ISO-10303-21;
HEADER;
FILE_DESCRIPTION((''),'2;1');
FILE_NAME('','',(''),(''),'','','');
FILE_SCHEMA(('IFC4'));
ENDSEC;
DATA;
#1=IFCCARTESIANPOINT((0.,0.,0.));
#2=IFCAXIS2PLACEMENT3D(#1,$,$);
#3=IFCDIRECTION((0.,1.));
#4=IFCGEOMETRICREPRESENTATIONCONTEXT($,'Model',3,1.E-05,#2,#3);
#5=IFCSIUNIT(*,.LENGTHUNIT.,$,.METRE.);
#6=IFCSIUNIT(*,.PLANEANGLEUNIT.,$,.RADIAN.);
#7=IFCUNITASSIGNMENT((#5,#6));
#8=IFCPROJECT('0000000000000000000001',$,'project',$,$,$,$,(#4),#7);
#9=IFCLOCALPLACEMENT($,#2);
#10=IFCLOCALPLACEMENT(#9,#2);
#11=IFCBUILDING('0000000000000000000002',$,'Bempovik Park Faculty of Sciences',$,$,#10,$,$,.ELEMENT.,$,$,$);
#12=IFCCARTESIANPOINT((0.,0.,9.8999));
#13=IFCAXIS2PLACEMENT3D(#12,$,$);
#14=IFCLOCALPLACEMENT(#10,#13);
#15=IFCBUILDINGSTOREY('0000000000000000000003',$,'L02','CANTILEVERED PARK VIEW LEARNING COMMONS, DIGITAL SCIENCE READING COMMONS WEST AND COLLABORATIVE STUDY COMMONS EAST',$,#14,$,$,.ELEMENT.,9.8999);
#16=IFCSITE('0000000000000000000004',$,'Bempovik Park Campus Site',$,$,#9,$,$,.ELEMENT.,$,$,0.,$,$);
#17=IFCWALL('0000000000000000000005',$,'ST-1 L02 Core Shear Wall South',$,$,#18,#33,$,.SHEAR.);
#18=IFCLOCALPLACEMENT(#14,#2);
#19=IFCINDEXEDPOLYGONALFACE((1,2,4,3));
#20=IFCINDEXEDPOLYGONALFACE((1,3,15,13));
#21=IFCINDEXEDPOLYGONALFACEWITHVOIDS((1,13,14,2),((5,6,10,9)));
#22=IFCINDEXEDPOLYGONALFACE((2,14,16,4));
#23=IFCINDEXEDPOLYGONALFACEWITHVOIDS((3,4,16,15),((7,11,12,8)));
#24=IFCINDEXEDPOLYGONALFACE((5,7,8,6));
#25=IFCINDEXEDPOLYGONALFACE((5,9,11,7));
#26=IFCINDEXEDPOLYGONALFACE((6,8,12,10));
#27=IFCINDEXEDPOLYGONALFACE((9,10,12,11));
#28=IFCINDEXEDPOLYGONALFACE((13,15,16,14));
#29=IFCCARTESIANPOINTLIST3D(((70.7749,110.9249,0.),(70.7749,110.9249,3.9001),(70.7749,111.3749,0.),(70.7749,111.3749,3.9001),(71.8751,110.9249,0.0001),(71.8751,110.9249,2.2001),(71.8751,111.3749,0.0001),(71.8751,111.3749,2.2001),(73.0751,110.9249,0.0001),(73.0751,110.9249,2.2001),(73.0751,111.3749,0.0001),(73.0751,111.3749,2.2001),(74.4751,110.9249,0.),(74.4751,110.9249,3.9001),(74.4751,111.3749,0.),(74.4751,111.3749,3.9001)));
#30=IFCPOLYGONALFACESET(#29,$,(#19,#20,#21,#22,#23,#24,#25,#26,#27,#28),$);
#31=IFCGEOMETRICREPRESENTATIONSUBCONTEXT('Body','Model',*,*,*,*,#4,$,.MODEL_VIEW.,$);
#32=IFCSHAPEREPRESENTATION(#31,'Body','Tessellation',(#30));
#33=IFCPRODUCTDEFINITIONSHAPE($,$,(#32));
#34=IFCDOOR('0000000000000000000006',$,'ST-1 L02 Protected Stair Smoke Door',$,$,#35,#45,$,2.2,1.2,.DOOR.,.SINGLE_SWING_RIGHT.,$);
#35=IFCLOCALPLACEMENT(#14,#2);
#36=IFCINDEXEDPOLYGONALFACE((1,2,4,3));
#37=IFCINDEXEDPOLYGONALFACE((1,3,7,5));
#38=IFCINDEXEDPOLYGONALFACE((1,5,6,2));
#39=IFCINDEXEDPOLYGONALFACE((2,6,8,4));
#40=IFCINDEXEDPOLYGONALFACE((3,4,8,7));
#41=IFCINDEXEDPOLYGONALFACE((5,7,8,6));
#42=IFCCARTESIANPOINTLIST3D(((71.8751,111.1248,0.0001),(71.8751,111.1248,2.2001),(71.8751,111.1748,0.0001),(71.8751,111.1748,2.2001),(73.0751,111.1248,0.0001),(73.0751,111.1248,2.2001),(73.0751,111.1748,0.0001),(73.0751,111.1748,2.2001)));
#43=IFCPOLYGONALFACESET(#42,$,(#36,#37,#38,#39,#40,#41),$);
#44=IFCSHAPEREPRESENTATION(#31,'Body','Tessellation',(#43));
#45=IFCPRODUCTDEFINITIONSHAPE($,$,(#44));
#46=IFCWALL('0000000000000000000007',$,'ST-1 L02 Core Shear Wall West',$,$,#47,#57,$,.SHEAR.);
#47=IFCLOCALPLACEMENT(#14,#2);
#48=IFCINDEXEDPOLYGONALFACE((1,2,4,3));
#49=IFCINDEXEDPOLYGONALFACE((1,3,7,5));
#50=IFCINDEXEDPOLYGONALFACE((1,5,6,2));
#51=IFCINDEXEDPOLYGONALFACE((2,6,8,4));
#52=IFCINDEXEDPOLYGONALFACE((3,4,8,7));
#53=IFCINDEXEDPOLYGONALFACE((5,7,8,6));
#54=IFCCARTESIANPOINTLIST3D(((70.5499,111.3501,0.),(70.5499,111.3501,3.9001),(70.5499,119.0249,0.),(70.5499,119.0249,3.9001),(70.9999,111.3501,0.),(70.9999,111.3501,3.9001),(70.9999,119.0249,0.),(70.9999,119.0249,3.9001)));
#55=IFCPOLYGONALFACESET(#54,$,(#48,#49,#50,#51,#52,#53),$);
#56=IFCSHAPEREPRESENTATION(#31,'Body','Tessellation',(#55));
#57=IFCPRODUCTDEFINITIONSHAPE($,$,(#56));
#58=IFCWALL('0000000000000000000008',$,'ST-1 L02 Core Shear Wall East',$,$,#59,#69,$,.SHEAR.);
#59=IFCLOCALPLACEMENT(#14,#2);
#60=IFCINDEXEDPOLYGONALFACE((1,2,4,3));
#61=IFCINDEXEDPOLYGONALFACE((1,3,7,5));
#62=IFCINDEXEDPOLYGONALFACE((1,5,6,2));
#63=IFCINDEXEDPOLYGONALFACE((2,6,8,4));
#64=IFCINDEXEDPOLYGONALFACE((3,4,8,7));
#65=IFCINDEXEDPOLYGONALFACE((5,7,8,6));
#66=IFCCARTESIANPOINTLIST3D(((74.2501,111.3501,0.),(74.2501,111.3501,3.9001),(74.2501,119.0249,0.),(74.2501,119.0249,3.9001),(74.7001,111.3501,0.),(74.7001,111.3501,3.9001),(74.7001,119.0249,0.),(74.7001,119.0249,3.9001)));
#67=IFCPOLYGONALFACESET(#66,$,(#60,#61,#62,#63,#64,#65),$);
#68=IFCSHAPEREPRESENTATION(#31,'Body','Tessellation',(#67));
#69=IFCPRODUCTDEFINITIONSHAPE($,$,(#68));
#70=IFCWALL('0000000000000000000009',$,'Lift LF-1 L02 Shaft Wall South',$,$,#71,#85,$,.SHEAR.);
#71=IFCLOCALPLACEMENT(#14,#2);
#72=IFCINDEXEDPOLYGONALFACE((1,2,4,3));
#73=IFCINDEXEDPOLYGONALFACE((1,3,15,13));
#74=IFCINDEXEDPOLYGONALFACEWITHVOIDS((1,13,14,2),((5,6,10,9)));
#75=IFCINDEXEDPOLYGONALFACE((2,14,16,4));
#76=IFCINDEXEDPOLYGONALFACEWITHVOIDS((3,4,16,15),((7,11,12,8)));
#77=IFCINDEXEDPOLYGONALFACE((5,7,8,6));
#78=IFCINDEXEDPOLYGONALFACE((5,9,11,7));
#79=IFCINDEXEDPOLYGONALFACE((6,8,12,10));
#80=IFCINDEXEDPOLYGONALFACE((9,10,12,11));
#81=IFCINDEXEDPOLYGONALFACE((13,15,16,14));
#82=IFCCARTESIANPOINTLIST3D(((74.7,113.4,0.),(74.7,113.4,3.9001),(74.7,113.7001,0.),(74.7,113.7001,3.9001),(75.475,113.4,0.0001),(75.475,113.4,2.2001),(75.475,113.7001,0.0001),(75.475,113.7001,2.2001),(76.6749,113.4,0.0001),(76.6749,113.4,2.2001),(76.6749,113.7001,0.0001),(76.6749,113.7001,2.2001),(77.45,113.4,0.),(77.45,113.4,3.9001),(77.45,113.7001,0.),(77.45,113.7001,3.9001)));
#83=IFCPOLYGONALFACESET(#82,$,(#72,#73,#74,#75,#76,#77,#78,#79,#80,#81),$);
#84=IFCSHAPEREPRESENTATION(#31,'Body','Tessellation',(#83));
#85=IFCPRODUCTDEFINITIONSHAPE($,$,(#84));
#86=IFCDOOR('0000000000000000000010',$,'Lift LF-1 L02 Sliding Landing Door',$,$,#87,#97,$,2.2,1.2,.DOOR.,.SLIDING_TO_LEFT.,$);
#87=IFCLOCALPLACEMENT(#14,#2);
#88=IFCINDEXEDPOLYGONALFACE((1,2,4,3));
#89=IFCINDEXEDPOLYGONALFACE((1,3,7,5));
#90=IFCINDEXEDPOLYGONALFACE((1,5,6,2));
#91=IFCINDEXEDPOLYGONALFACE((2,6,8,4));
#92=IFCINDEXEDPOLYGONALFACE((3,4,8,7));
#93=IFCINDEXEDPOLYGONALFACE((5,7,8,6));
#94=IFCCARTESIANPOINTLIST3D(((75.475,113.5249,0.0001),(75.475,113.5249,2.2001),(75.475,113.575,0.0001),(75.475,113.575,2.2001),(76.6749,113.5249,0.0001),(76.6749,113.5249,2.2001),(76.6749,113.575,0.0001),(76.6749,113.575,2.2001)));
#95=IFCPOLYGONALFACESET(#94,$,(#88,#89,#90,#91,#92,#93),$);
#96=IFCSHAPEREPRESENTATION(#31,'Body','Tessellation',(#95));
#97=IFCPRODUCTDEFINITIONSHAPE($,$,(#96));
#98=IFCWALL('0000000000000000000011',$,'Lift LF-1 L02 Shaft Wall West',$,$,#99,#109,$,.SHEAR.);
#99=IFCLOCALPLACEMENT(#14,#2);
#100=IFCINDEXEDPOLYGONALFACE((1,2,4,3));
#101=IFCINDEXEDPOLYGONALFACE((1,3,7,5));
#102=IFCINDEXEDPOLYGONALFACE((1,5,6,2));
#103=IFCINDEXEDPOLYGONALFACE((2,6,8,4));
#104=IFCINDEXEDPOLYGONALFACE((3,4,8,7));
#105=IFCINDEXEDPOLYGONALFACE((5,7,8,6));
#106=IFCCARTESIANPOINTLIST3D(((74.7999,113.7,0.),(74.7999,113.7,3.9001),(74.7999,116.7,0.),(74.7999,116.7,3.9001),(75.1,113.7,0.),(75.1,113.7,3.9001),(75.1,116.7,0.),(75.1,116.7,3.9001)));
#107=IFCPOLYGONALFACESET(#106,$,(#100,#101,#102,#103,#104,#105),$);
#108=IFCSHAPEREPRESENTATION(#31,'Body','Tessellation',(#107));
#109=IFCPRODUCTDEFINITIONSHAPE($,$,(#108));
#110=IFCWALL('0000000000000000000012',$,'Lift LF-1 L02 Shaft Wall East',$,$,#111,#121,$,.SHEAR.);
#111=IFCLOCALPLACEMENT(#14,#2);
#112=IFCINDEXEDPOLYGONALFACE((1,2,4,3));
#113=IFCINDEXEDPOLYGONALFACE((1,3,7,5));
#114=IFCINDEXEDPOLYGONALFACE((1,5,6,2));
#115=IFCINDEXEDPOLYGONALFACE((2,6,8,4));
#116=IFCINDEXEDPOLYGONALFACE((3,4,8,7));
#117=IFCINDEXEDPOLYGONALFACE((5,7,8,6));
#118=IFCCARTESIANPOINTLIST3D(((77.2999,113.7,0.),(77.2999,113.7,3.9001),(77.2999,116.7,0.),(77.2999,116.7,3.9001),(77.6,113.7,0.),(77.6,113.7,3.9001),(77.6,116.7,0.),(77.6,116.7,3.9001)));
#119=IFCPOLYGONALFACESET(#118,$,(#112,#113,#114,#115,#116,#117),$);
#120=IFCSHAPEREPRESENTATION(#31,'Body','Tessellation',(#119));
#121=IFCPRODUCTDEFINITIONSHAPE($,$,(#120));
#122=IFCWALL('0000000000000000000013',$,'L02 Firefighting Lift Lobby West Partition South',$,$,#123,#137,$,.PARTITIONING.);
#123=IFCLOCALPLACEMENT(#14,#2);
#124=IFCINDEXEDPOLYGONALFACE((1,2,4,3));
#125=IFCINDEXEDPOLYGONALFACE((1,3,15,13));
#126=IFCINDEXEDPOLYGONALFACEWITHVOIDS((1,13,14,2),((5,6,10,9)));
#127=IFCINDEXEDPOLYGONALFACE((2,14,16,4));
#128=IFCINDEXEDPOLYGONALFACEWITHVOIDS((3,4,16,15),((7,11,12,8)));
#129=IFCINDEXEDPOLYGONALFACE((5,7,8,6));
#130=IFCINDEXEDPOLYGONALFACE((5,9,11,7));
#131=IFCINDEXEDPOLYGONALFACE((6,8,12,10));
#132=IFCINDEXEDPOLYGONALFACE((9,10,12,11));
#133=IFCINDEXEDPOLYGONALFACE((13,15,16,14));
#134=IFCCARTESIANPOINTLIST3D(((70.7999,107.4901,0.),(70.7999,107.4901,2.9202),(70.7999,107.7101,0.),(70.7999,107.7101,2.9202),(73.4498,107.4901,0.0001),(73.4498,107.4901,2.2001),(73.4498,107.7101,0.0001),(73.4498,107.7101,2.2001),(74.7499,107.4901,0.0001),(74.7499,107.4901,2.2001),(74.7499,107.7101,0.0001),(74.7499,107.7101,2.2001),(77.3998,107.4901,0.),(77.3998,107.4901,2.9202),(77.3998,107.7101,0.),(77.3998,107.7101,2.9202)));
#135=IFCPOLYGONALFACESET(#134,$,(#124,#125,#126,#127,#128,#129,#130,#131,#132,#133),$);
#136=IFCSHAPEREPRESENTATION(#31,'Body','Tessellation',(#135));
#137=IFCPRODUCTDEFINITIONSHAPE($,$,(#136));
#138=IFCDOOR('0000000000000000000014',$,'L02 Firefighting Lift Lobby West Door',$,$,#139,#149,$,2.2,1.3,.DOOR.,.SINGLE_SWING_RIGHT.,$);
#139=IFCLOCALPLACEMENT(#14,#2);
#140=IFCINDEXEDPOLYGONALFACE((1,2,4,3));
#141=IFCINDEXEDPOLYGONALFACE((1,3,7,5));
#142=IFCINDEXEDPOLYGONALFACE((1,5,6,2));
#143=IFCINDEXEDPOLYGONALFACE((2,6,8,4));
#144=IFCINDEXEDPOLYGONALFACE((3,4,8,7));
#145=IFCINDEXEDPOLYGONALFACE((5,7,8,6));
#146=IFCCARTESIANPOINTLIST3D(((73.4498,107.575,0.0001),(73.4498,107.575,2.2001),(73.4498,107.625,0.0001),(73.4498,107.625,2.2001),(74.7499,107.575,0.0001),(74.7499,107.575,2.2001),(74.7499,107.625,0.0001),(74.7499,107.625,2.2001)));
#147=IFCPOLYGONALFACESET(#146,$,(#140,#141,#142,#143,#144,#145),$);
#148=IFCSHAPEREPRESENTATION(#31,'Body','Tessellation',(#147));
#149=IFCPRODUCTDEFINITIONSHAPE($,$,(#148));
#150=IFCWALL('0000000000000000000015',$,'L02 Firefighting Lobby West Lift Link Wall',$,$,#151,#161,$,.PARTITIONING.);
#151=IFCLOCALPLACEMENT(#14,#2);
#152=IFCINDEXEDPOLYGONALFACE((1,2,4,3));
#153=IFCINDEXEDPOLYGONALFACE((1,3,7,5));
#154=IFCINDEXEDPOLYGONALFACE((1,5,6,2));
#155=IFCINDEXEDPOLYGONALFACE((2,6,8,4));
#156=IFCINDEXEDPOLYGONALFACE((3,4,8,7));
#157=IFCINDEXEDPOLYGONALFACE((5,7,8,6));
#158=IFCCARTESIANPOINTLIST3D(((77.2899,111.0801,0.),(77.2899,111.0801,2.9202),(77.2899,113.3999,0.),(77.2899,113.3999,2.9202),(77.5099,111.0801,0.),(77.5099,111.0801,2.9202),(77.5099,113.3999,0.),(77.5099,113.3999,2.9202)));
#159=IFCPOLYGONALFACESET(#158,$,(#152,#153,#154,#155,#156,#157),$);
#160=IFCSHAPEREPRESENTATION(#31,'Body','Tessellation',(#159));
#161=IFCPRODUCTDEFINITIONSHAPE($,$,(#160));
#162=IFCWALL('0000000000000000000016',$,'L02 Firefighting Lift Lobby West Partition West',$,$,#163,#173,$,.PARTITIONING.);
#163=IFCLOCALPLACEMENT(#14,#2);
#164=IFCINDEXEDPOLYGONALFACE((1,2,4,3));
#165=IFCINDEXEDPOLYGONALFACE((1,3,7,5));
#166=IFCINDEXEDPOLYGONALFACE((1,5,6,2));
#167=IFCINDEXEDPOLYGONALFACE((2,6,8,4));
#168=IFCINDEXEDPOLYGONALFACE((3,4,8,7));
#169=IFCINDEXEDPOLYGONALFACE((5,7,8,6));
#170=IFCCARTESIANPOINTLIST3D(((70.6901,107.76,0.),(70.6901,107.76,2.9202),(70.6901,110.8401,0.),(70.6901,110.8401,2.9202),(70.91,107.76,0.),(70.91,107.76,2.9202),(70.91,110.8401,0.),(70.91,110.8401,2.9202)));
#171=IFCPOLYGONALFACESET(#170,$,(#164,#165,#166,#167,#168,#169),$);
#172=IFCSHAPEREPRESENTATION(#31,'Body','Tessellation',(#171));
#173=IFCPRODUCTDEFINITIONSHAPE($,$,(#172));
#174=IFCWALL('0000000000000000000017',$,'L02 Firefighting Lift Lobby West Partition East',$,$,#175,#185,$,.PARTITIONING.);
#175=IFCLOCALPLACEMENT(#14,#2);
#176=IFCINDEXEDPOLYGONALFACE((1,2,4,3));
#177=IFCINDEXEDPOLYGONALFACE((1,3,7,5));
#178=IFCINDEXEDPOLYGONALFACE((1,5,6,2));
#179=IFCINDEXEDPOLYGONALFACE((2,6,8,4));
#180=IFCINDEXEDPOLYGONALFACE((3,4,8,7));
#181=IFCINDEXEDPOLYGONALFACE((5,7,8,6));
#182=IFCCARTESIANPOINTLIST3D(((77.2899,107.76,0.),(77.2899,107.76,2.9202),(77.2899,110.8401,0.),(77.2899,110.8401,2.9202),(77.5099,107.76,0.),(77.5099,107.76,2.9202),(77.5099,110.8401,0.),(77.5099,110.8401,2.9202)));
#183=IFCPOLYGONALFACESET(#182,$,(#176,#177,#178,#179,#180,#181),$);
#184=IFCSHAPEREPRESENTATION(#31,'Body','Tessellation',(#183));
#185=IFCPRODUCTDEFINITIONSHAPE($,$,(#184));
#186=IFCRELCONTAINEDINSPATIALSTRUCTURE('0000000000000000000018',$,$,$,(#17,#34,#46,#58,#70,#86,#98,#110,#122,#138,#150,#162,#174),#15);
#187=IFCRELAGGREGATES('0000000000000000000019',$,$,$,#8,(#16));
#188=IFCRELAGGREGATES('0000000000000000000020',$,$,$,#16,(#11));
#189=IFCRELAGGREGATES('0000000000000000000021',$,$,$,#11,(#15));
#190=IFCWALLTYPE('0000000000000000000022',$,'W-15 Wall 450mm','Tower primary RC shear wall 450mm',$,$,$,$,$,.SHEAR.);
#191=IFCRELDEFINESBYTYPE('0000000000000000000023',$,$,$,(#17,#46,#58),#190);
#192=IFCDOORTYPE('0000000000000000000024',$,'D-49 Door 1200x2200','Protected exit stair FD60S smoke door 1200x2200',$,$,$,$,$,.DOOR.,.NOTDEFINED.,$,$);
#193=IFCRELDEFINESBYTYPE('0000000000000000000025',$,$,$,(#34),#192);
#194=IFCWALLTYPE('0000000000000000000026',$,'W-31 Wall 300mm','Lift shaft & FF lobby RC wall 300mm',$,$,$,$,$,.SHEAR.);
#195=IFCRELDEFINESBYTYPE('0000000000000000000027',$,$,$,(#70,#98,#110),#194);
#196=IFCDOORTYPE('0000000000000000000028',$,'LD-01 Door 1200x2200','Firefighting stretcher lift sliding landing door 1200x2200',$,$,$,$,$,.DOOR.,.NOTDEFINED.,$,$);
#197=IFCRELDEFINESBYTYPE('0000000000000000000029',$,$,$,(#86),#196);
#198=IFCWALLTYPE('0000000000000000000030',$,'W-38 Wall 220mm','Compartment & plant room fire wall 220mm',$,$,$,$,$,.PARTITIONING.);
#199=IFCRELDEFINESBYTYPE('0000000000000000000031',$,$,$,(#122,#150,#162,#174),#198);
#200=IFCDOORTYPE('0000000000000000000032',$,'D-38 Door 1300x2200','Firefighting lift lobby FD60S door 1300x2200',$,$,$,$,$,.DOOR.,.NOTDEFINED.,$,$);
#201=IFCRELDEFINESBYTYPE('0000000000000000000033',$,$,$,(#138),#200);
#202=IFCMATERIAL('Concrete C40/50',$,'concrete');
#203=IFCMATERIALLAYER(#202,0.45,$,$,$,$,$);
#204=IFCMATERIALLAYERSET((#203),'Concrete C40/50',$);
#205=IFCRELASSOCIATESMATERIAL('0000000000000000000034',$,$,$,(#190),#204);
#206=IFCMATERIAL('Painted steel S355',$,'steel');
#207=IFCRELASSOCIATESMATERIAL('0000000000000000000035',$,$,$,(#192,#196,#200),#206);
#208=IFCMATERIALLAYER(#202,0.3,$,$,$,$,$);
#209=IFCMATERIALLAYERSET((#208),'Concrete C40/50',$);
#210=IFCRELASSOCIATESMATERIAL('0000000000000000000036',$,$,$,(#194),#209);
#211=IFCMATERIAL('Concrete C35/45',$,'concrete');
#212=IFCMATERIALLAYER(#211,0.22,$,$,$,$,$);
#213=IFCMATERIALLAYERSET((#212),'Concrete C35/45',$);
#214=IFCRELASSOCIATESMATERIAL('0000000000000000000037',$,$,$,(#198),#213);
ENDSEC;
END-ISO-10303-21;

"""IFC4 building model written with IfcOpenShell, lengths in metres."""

from ifc_helpers import new_model, si_unit, direction, frame, frame_2d, origin, place, context, subcontext, project, spatial, rectangle, extrude, material, layer, layer_set, type_object, element, fill, save


model = new_model("IFC4")

# Units and contexts
model_context = context("Model", 3, precision=1e-05, world=origin(), true_north=direction((0.0, 1.0)))
body_context = subcontext(model_context, "Body", "Model", "MODEL_VIEW")
ifc_project = project(units=[si_unit("LENGTHUNIT", "METRE"), si_unit("PLANEANGLEUNIT", "RADIAN")], contexts=[model_context])

# Site, building, storey
site_placement = place(None, origin())
site = spatial("IfcSite", under=ifc_project, at=site_placement, Name="Bempovik Park Campus Site", CompositionType="ELEMENT", RefElevation=0.0)
building_placement = place(site_placement, origin())
building = spatial("IfcBuilding", under=site, at=building_placement, Name="Bempovik Park Faculty of Sciences", CompositionType="ELEMENT")
storey_placement = place(building_placement, frame((0.0, 0.0, 9.8999)))
storey = spatial("IfcBuildingStorey", under=building, at=storey_placement, Name="L02", Description="CANTILEVERED PARK VIEW LEARNING COMMONS, DIGITAL SCIENCE READING COMMONS WEST AND COLLABORATIVE STUDY COMMONS EAST", CompositionType="ELEMENT", Elevation=9.8999)

# Shared definitions
ifc_material_1 = material(Name="Concrete C40/50", Category="concrete")

# Shared definitions
ifc_material_2 = material(Name="Concrete C35/45", Category="concrete")

# Wall, opening, door
ifc_layer_1 = layer(ifc_material_1, 0.45)
ifc_layer_set_1 = layer_set([ifc_layer_1], Name="Concrete C40/50")
wall_type_1 = type_object("IfcWallType", Name="W-15 Wall 450mm", Description="Tower primary RC shear wall 450mm", PredefinedType="SHEAR", material=ifc_layer_set_1)
wall_1_placement = place(storey_placement, frame((70.7749, 111.1499, 0.0), z_axis=(0.0, 0.0, 1.0), x_axis=(1.0, 0.0, 0.0)))
wall_1 = element("IfcWall", 1, at=wall_1_placement, inside=storey, type_object=wall_type_1, Name="ST-1 L02 Core Shear Wall South", PredefinedType="SHEAR", context=body_context, shape_type="SweptSolid", body=[
    extrude(rectangle(XDim=3.7002, YDim=0.45, at=frame_2d((1.8501, 0.0))), origin(), (0.0, 0.0, 1.0), 3.9001),
])
opening_1_placement = place(wall_1_placement, frame((1.1001, 0.0, 0.0)))
opening_1 = element("IfcOpeningElement", 2, at=opening_1_placement, cuts=wall_1, PredefinedType="OPENING", context=body_context, shape_type="SweptSolid", body=[
    extrude(rectangle(XDim=1.2, YDim=2.2, at=frame_2d((0.6001, 1.1001))), frame((0.0, 0.2349, 0.0), z_axis=(0.0, -1.0, 0.0), x_axis=(1.0, 0.0, 0.0)), (0.0, 0.0, 1.0), 0.47),
])
ifc_material_3 = material(Name="Painted steel S355", Category="steel")
door_type_1 = type_object("IfcDoorType", Name="D-49 Door 1200x2200", Description="Protected exit stair FD60S smoke door 1200x2200", OperationType="NOTDEFINED", PredefinedType="DOOR", material=ifc_material_3)
door_1_placement = place(opening_1_placement, origin())
door_1 = element("IfcDoor", 3, at=door_1_placement, inside=storey, type_object=door_type_1, Name="ST-1 L02 Protected Stair Smoke Door", OperationType="SINGLE_SWING_RIGHT", OverallHeight=2.2, OverallWidth=1.2, PredefinedType="DOOR", context=body_context, shape_type="SweptSolid", body=[
    extrude(rectangle(XDim=1.2, YDim=2.2, at=frame_2d((0.6001, 1.1001))), frame((0.0, 0.0249, 0.0), z_axis=(0.0, -1.0, 0.0), x_axis=(1.0, 0.0, 0.0)), (0.0, 0.0, 1.0), 0.05),
])
fill(opening_1, door_1)

# Walls
for number, where, z_axis, x_axis, name in (
    (4, (70.7749, 111.3501, 0.0), (0.0, 0.0, 1.0), (0.0, 1.0, 0.0), "ST-1 L02 Core Shear Wall West"),
    (5, (74.4751, 111.3501, 0.0), (0.0, 0.0, 1.0), (0.0, 1.0, 0.0), "ST-1 L02 Core Shear Wall East"),
):
    element("IfcWall", number, at=place(storey_placement, frame(where, z_axis=z_axis, x_axis=x_axis)), inside=storey, type_object=wall_type_1, Name=name, PredefinedType="SHEAR", context=body_context, shape_type="SweptSolid", body=[
        extrude(rectangle(XDim=7.6748, YDim=0.45, at=frame_2d((3.8374, 0.0))), origin(), (0.0, 0.0, 1.0), 3.9001),
    ])

# Wall, opening, door
ifc_layer_2 = layer(ifc_material_1, 0.3)
ifc_layer_set_2 = layer_set([ifc_layer_2], Name="Concrete C40/50")
wall_type_2 = type_object("IfcWallType", Name="W-31 Wall 300mm", Description="Lift shaft & FF lobby RC wall 300mm", PredefinedType="SHEAR", material=ifc_layer_set_2)
wall_2_placement = place(storey_placement, frame((74.7, 113.55, 0.0), z_axis=(0.0, 0.0, 1.0), x_axis=(1.0, 0.0, 0.0)))
wall_2 = element("IfcWall", 6, at=wall_2_placement, inside=storey, type_object=wall_type_2, Name="Lift LF-1 L02 Shaft Wall South", PredefinedType="SHEAR", context=body_context, shape_type="SweptSolid", body=[
    extrude(rectangle(XDim=2.75, YDim=0.3, at=frame_2d((1.375, 0.0))), origin(), (0.0, 0.0, 1.0), 3.9001),
])
opening_2_placement = place(wall_2_placement, frame((0.7749, 0.0, 0.0)))
opening_2 = element("IfcOpeningElement", 7, at=opening_2_placement, cuts=wall_2, PredefinedType="OPENING", context=body_context, shape_type="SweptSolid", body=[
    extrude(rectangle(XDim=1.2, YDim=2.2, at=frame_2d((0.6001, 1.1001))), frame((0.0, 0.1602, 0.0), z_axis=(0.0, -1.0, 0.0), x_axis=(1.0, 0.0, 0.0)), (0.0, 0.0, 1.0), 0.3201),
])
door_type_2 = type_object("IfcDoorType", Name="LD-01 Door 1200x2200", Description="Firefighting stretcher lift sliding landing door 1200x2200", OperationType="NOTDEFINED", PredefinedType="DOOR", material=ifc_material_3)
door_2_placement = place(opening_2_placement, origin())
door_2 = element("IfcDoor", 8, at=door_2_placement, inside=storey, type_object=door_type_2, Name="Lift LF-1 L02 Sliding Landing Door", OperationType="SLIDING_TO_LEFT", OverallHeight=2.2, OverallWidth=1.2, PredefinedType="DOOR", context=body_context, shape_type="SweptSolid", body=[
    extrude(rectangle(XDim=1.2, YDim=2.2, at=frame_2d((0.6001, 1.1001))), frame((0.0, 0.0249, 0.0), z_axis=(0.0, -1.0, 0.0), x_axis=(1.0, 0.0, 0.0)), (0.0, 0.0, 1.0), 0.05),
])
fill(opening_2, door_2)

# Walls
for number, where, z_axis, x_axis, name in (
    (9, (74.95, 113.7, 0.0), (0.0, 0.0, 1.0), (0.0, 1.0, 0.0), "Lift LF-1 L02 Shaft Wall West"),
    (10, (77.45, 113.7, 0.0), (0.0, 0.0, 1.0), (0.0, 1.0, 0.0), "Lift LF-1 L02 Shaft Wall East"),
):
    element("IfcWall", number, at=place(storey_placement, frame(where, z_axis=z_axis, x_axis=x_axis)), inside=storey, type_object=wall_type_2, Name=name, PredefinedType="SHEAR", context=body_context, shape_type="SweptSolid", body=[
        extrude(rectangle(XDim=3.0, YDim=0.3, at=frame_2d((1.5, 0.0))), origin(), (0.0, 0.0, 1.0), 3.9001),
    ])

# Wall, opening, door
ifc_layer_3 = layer(ifc_material_2, 0.22)
ifc_layer_set_3 = layer_set([ifc_layer_3], Name="Concrete C35/45")
wall_type_3 = type_object("IfcWallType", Name="W-38 Wall 220mm", Description="Compartment & plant room fire wall 220mm", PredefinedType="PARTITIONING", material=ifc_layer_set_3)
wall_3_placement = place(storey_placement, frame((70.8, 107.6001, 0.0), z_axis=(0.0, 0.0, 1.0), x_axis=(1.0, 0.0, 0.0)))
wall_3 = element("IfcWall", 11, at=wall_3_placement, inside=storey, type_object=wall_type_3, Name="L02 Firefighting Lift Lobby West Partition South", PredefinedType="PARTITIONING", context=body_context, shape_type="SweptSolid", body=[
    extrude(rectangle(XDim=6.5999, YDim=0.22, at=frame_2d((3.2998, 0.0))), origin(), (0.0, 0.0, 1.0), 2.9202),
])
opening_3_placement = place(wall_3_placement, frame((2.6499, 0.0, 0.0)))
opening_3 = element("IfcOpeningElement", 12, at=opening_3_placement, cuts=wall_3, PredefinedType="OPENING", context=body_context, shape_type="SweptSolid", body=[
    extrude(rectangle(XDim=1.3, YDim=2.2, at=frame_2d((0.6499, 1.1001))), frame((0.0, 0.1201, 0.0), z_axis=(0.0, -1.0, 0.0), x_axis=(1.0, 0.0, 0.0)), (0.0, 0.0, 1.0), 0.24),
])
door_type_3 = type_object("IfcDoorType", Name="D-38 Door 1300x2200", Description="Firefighting lift lobby FD60S door 1300x2200", OperationType="NOTDEFINED", PredefinedType="DOOR", material=ifc_material_3)
door_3_placement = place(opening_3_placement, origin())
door_3 = element("IfcDoor", 13, at=door_3_placement, inside=storey, type_object=door_type_3, Name="L02 Firefighting Lift Lobby West Door", OperationType="SINGLE_SWING_RIGHT", OverallHeight=2.2, OverallWidth=1.3, PredefinedType="DOOR", context=body_context, shape_type="SweptSolid", body=[
    extrude(rectangle(XDim=1.3, YDim=2.2, at=frame_2d((0.6499, 1.1001))), frame((0.0, 0.0249, 0.0), z_axis=(0.0, -1.0, 0.0), x_axis=(1.0, 0.0, 0.0)), (0.0, 0.0, 1.0), 0.05),
])
fill(opening_3, door_3)

# Walls
wall_4_placement = place(storey_placement, frame((77.3999, 111.0801, 0.0), z_axis=(0.0, 0.0, 1.0), x_axis=(0.0, 1.0, 0.0)))
element("IfcWall", 14, at=wall_4_placement, inside=storey, type_object=wall_type_3, Name="L02 Firefighting Lobby West Lift Link Wall", PredefinedType="PARTITIONING", context=body_context, shape_type="SweptSolid", body=[
    extrude(rectangle(XDim=2.3198, YDim=0.22, at=frame_2d((1.1599, 0.0))), origin(), (0.0, 0.0, 1.0), 2.9202),
])
for number, where, z_axis, x_axis, name in (
    (15, (70.8, 107.76, 0.0), (0.0, 0.0, 1.0), (0.0, 1.0, 0.0), "L02 Firefighting Lift Lobby West Partition West"),
    (16, (77.3999, 107.76, 0.0), (0.0, 0.0, 1.0), (0.0, 1.0, 0.0), "L02 Firefighting Lift Lobby West Partition East"),
):
    element("IfcWall", number, at=place(storey_placement, frame(where, z_axis=z_axis, x_axis=x_axis)), inside=storey, type_object=wall_type_3, Name=name, PredefinedType="PARTITIONING", context=body_context, shape_type="SweptSolid", body=[
        extrude(rectangle(XDim=3.0801, YDim=0.22, at=frame_2d((1.54, 0.0))), origin(), (0.0, 0.0, 1.0), 2.9202),
    ])

save(model, "model.ifc")
